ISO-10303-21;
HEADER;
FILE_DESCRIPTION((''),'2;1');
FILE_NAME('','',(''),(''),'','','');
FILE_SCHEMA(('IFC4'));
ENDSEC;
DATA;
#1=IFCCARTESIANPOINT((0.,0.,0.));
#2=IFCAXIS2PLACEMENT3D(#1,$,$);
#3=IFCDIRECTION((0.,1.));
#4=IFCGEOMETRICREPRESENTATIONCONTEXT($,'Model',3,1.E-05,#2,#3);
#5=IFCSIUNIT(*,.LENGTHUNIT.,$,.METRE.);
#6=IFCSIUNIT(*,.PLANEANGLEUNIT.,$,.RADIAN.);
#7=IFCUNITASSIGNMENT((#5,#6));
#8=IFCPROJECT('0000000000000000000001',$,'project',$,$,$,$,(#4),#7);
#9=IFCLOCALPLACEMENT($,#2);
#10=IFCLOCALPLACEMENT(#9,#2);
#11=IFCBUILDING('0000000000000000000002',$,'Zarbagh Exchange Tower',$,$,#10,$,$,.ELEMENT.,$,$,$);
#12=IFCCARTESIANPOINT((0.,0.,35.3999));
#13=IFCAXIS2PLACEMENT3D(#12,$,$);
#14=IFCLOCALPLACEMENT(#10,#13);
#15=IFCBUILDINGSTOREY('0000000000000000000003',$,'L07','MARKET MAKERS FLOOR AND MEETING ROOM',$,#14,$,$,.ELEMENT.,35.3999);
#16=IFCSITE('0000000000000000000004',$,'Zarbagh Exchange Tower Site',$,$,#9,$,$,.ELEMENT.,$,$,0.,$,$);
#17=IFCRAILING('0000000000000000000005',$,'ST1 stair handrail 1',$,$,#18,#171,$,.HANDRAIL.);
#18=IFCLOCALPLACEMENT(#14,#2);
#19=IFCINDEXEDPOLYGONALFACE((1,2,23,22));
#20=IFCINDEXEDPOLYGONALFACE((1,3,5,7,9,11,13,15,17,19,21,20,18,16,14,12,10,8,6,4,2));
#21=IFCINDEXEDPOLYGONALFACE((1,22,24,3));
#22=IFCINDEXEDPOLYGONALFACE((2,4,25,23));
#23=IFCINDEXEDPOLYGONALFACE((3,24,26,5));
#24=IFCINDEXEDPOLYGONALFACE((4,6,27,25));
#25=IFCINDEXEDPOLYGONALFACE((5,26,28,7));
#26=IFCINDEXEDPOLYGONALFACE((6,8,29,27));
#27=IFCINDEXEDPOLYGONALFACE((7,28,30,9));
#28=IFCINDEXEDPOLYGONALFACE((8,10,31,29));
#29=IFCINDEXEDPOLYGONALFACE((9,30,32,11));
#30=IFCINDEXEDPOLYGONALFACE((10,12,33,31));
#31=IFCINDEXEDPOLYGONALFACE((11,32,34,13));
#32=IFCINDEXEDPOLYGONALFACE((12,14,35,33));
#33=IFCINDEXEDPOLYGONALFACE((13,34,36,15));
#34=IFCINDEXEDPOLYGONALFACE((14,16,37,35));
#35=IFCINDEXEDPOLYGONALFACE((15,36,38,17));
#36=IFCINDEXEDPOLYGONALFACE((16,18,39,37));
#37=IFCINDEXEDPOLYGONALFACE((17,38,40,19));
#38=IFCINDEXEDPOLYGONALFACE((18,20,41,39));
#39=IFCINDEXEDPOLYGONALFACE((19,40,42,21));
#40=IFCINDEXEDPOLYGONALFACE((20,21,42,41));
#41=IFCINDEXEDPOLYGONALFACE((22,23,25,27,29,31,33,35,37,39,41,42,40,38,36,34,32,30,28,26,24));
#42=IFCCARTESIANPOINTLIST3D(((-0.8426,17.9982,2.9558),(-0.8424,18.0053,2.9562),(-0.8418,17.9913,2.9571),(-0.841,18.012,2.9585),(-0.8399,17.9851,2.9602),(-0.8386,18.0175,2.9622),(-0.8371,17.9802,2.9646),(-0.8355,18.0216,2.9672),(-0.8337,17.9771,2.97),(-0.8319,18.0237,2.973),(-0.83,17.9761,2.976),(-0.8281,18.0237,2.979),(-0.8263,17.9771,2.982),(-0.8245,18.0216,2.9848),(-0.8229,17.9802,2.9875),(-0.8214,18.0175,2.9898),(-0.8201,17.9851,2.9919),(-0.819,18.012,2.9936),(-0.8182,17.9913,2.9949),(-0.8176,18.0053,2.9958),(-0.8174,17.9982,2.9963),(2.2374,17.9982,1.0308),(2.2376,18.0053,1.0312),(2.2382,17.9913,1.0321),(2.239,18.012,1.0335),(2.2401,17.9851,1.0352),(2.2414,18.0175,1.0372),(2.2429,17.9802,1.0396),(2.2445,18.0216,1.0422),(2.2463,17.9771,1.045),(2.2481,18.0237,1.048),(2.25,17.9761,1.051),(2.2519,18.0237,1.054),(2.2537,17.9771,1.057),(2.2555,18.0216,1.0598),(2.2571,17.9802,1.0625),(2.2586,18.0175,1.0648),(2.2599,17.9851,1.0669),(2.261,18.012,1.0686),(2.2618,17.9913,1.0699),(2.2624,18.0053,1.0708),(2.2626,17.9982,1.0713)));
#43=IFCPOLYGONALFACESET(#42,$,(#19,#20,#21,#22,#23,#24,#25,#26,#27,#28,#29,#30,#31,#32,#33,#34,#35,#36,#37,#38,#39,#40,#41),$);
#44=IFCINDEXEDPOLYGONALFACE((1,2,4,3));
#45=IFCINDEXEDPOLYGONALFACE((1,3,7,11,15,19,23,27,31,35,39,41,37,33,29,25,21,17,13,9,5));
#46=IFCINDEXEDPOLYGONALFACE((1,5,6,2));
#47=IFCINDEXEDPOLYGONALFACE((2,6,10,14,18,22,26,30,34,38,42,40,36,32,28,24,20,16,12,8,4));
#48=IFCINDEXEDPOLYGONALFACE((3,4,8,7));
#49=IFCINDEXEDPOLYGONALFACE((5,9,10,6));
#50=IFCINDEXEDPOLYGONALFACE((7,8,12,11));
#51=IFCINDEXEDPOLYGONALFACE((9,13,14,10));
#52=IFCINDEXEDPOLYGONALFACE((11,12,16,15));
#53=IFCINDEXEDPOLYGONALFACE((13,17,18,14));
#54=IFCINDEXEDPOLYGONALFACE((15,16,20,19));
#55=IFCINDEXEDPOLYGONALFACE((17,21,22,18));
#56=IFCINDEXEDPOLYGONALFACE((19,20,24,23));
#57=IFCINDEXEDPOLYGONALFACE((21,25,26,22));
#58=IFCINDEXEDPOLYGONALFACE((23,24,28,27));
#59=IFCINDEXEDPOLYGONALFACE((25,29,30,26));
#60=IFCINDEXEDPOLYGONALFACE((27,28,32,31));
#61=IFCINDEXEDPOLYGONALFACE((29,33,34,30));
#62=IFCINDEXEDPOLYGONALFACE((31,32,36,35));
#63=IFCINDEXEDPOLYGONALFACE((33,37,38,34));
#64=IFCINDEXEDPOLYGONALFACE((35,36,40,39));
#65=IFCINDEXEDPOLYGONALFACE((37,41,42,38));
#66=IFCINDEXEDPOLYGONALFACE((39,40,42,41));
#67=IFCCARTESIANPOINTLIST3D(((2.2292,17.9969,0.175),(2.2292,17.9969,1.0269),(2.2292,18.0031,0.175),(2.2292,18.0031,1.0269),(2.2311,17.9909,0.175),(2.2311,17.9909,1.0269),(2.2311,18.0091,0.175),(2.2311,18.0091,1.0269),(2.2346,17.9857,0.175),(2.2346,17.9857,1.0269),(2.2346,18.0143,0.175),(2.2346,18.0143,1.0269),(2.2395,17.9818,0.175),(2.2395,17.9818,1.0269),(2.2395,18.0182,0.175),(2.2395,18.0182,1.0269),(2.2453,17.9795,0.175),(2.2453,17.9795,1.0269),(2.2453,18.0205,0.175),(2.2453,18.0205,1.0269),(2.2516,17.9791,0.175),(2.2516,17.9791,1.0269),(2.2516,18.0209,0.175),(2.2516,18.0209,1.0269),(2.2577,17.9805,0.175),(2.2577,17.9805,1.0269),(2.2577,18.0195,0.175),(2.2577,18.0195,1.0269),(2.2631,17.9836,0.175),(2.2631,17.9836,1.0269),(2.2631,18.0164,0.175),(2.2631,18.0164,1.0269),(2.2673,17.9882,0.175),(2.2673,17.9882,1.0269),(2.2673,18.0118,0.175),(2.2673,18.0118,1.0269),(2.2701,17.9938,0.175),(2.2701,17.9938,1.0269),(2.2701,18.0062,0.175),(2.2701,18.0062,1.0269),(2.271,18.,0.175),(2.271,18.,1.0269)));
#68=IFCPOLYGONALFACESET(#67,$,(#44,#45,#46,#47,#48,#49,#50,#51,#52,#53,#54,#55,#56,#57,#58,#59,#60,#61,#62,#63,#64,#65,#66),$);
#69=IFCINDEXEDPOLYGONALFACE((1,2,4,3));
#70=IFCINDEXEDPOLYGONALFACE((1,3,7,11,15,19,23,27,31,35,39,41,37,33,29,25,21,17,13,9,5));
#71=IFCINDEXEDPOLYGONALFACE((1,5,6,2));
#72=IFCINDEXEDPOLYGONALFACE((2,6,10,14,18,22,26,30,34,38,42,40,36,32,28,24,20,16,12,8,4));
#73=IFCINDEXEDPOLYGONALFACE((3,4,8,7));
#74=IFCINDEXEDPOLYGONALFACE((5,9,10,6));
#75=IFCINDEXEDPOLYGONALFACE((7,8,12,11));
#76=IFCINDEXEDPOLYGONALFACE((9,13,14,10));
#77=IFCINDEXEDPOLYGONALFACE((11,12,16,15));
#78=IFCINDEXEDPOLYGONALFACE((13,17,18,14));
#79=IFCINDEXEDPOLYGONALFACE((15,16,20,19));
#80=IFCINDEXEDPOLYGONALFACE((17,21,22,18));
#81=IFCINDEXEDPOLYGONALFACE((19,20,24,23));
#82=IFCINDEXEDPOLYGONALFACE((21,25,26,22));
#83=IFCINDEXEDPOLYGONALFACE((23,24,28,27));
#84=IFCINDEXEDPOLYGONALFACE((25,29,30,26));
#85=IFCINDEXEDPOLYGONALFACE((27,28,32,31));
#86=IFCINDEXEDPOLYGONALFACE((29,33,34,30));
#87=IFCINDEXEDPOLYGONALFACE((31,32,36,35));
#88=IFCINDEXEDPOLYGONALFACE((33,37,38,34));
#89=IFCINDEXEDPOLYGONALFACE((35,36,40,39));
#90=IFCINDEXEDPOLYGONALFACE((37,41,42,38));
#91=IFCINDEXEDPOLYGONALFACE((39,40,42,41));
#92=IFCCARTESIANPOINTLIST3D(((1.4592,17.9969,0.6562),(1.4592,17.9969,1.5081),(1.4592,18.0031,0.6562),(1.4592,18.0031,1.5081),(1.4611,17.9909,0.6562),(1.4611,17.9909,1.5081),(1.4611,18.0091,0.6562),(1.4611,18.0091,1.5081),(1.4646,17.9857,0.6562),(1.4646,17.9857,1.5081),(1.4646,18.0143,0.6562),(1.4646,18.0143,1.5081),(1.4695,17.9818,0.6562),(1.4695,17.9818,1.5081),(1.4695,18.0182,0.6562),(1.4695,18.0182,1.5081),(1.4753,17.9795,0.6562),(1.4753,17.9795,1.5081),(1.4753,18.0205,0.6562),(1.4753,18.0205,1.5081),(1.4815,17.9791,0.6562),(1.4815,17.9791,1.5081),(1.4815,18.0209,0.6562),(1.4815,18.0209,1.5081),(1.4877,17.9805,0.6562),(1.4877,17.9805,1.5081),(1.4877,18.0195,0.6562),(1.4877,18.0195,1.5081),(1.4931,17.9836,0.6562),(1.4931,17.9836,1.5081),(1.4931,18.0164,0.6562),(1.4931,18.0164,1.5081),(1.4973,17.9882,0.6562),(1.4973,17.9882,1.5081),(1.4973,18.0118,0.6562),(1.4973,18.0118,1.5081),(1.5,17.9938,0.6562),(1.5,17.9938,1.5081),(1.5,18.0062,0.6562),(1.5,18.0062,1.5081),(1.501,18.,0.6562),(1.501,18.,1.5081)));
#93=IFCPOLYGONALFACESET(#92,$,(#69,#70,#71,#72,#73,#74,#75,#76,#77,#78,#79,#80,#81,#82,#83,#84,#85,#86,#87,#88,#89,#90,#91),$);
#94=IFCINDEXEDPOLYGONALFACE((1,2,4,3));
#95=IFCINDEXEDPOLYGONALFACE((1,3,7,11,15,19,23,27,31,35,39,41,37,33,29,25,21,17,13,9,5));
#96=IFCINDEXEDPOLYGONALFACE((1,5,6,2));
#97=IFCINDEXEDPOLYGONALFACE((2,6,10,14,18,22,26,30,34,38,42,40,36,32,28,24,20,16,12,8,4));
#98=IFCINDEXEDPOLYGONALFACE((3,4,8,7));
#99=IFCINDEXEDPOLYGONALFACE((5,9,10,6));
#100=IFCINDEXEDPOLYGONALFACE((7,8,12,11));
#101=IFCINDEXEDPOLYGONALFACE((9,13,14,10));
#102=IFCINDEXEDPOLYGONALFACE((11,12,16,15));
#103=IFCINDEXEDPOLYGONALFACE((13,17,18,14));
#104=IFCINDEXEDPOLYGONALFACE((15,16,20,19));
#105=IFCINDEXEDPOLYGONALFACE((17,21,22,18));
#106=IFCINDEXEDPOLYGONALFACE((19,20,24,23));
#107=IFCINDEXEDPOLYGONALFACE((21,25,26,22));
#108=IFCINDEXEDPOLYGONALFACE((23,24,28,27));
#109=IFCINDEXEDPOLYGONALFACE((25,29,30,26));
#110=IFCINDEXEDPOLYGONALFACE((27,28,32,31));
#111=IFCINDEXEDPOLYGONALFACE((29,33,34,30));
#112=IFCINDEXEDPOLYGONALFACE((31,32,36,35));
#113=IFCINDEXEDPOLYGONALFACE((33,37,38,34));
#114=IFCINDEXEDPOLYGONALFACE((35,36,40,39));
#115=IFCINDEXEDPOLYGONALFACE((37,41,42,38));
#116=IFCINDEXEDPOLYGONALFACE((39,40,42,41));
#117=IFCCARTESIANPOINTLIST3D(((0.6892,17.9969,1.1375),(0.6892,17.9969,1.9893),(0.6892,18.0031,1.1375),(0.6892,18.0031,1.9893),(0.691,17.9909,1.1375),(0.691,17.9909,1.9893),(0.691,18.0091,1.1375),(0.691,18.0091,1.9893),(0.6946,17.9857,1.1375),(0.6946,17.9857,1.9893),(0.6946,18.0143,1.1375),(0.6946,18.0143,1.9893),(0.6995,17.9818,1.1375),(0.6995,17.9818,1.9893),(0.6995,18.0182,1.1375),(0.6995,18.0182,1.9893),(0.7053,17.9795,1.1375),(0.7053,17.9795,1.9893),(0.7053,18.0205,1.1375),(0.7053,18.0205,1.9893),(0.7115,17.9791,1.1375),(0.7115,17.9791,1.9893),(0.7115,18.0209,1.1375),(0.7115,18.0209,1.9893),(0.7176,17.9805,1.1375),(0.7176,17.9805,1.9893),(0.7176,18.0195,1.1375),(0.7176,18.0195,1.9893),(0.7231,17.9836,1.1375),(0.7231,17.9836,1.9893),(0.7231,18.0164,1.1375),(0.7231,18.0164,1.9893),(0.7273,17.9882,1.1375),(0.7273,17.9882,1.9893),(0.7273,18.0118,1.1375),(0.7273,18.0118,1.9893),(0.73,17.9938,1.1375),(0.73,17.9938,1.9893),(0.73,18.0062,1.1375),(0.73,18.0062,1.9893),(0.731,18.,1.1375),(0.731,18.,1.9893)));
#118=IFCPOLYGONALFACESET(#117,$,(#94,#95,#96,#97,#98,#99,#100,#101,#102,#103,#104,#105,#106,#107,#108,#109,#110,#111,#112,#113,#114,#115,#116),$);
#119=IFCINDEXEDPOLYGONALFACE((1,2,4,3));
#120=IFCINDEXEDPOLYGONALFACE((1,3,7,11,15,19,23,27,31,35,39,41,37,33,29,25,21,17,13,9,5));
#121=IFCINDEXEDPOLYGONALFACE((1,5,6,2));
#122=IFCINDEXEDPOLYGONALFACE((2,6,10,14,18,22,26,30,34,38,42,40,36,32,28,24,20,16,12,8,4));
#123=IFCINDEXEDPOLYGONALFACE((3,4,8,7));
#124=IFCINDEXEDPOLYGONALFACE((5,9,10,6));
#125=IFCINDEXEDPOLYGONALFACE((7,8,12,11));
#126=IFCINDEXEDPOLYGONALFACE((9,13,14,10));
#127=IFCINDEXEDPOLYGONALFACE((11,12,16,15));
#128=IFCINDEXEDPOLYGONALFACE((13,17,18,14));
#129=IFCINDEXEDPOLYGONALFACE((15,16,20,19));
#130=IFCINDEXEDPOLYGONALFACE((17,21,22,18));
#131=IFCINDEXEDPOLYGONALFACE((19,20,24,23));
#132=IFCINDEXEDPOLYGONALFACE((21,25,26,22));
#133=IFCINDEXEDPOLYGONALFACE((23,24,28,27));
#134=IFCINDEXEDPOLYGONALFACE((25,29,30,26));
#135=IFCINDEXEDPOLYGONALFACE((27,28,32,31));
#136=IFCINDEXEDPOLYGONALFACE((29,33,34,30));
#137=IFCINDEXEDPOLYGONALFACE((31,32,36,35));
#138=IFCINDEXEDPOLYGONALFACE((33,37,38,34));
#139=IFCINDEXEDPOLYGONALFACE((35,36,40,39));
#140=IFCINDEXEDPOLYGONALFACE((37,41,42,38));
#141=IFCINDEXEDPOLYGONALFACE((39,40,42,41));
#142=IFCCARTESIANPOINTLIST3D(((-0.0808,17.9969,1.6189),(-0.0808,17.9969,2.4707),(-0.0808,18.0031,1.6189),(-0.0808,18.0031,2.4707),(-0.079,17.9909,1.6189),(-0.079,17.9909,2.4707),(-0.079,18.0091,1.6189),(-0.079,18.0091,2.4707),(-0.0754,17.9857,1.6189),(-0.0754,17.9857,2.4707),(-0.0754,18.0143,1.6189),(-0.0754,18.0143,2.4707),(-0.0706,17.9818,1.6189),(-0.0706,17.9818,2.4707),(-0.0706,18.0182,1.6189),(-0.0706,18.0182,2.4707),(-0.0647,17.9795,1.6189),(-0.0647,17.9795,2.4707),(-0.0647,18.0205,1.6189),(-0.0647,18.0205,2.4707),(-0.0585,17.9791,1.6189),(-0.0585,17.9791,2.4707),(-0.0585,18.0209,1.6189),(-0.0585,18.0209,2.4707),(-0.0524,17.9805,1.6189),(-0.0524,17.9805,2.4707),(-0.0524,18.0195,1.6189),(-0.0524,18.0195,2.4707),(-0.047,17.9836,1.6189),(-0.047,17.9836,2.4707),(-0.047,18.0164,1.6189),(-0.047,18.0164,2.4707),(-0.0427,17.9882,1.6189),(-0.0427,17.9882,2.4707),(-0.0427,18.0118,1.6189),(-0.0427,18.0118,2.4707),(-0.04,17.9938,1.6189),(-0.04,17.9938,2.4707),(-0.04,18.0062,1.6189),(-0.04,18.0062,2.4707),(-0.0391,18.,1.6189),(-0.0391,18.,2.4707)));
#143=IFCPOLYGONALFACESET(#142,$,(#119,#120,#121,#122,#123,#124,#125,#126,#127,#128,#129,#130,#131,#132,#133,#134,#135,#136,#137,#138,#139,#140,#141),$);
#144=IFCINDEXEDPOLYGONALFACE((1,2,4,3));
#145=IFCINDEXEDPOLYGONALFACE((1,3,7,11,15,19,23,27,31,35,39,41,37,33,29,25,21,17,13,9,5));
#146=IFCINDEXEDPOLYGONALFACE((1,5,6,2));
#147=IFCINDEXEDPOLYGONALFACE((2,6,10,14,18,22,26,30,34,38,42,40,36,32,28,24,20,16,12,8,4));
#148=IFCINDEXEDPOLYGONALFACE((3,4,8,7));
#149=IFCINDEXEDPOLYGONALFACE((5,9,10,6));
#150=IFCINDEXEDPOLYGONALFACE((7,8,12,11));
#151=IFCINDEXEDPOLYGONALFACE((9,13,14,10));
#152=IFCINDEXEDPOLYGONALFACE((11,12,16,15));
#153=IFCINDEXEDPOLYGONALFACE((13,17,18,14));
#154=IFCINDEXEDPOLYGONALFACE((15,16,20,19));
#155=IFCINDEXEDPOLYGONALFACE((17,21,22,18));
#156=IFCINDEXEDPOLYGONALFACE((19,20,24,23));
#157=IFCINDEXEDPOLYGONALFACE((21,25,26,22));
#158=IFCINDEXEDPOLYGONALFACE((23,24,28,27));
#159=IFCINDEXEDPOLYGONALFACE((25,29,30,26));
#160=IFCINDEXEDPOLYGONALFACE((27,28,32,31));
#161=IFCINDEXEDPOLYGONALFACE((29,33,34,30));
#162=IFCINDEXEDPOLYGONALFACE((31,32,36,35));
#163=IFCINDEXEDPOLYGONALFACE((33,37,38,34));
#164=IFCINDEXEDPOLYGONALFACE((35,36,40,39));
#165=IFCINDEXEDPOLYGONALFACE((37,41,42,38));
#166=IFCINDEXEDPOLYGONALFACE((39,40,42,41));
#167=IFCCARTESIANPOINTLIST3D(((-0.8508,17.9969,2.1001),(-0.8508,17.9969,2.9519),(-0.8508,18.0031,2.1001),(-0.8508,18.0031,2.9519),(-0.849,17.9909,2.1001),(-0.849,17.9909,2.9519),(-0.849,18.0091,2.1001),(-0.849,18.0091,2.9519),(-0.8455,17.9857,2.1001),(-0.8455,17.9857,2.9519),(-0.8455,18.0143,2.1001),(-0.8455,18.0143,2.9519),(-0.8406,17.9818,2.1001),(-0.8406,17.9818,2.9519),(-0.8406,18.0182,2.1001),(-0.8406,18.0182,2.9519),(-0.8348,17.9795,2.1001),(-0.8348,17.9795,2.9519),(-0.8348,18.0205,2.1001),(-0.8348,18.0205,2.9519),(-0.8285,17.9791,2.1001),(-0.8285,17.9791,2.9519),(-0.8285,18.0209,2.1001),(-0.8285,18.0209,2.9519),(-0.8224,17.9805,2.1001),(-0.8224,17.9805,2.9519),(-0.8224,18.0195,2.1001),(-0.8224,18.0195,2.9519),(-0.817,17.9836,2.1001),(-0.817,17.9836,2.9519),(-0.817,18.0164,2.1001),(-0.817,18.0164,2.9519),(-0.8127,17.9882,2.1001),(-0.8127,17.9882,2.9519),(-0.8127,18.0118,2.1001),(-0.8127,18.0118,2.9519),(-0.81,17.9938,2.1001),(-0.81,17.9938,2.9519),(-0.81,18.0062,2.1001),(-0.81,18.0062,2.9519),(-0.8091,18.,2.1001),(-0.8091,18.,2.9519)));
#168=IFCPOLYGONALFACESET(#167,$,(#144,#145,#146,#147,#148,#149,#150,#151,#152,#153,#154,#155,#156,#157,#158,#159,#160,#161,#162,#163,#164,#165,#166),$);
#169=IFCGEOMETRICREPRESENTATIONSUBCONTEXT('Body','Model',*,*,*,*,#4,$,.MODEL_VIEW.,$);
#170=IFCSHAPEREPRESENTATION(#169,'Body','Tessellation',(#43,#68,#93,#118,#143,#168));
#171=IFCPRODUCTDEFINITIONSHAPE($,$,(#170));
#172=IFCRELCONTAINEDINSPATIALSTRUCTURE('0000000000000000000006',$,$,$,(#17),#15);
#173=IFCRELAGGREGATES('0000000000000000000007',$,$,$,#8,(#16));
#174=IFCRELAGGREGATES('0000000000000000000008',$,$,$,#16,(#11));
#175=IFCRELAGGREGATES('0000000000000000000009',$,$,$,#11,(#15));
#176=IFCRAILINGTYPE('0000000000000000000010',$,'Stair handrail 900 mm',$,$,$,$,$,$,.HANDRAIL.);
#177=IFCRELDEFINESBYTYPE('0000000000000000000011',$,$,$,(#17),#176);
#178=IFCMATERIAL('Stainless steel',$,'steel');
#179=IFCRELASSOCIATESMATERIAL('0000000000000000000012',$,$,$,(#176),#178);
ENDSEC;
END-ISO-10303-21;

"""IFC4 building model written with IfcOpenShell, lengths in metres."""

from ifc_helpers import new_model, si_unit, direction, frame, origin, origin_2d, place, context, subcontext, project, spatial, circle, extrude, material, type_object, element, save


model = new_model("IFC4")

# Units and contexts
model_context = context("Model", 3, precision=1e-05, world=origin(), true_north=direction((0.0, 1.0)))
body_context = subcontext(model_context, "Body", "Model", "MODEL_VIEW")
ifc_project = project(units=[si_unit("LENGTHUNIT", "METRE"), si_unit("PLANEANGLEUNIT", "RADIAN")], contexts=[model_context])

# Site, building, storey
site_placement = place(None, origin())
site = spatial("IfcSite", under=ifc_project, at=site_placement, Name="Zarbagh Exchange Tower Site", CompositionType="ELEMENT", RefElevation=0.0)
building_placement = place(site_placement, origin())
building = spatial("IfcBuilding", under=site, at=building_placement, Name="Zarbagh Exchange Tower", CompositionType="ELEMENT")
storey_placement = place(building_placement, frame((0.0, 0.0, 35.3999)))
storey = spatial("IfcBuildingStorey", under=building, at=storey_placement, Name="L07", Description="MARKET MAKERS FLOOR AND MEETING ROOM", CompositionType="ELEMENT", Elevation=35.3999)

# Shared definitions
ifc_material_1 = material(Name="Stainless steel", Category="steel")

# Railing
railing_type = type_object("IfcRailingType", Name="Stair handrail 900 mm", PredefinedType="HANDRAIL", material=ifc_material_1)
railing_placement = place(storey_placement, frame((2.25, 18.0, 0.175)))
element("IfcRailing", 1, at=railing_placement, inside=storey, type_object=railing_type, Name="ST1 stair handrail 1", PredefinedType="HANDRAIL", context=body_context, shape_type="SweptSolid", body=[
    extrude(circle(Radius=0.0239, at=origin_2d()), frame((0.0, 0.0, 0.876), z_axis=(-0.847998, 0.0, 0.529999), x_axis=(0.0, -1.0, 0.0)), (0.0, 0.0, 1.0), 3.6321),
    extrude(circle(Radius=0.021, at=origin_2d()), origin(), (0.0, 0.0, 1.0), 0.8518),
    extrude(circle(Radius=0.021, at=origin_2d()), frame((-0.77, 0.0, 0.4812)), (0.0, 0.0, 1.0), 0.8518),
    extrude(circle(Radius=0.021, at=origin_2d()), frame((-1.54, 0.0, 0.9624)), (0.0, 0.0, 1.0), 0.8518),
    extrude(circle(Radius=0.021, at=origin_2d()), frame((-2.3101, 0.0, 1.4438)), (0.0, 0.0, 1.0), 0.8518),
    extrude(circle(Radius=0.021, at=origin_2d()), frame((-3.0801, 0.0, 1.925)), (0.0, 0.0, 1.0), 0.8518),
])

save(model, "model.ifc")
